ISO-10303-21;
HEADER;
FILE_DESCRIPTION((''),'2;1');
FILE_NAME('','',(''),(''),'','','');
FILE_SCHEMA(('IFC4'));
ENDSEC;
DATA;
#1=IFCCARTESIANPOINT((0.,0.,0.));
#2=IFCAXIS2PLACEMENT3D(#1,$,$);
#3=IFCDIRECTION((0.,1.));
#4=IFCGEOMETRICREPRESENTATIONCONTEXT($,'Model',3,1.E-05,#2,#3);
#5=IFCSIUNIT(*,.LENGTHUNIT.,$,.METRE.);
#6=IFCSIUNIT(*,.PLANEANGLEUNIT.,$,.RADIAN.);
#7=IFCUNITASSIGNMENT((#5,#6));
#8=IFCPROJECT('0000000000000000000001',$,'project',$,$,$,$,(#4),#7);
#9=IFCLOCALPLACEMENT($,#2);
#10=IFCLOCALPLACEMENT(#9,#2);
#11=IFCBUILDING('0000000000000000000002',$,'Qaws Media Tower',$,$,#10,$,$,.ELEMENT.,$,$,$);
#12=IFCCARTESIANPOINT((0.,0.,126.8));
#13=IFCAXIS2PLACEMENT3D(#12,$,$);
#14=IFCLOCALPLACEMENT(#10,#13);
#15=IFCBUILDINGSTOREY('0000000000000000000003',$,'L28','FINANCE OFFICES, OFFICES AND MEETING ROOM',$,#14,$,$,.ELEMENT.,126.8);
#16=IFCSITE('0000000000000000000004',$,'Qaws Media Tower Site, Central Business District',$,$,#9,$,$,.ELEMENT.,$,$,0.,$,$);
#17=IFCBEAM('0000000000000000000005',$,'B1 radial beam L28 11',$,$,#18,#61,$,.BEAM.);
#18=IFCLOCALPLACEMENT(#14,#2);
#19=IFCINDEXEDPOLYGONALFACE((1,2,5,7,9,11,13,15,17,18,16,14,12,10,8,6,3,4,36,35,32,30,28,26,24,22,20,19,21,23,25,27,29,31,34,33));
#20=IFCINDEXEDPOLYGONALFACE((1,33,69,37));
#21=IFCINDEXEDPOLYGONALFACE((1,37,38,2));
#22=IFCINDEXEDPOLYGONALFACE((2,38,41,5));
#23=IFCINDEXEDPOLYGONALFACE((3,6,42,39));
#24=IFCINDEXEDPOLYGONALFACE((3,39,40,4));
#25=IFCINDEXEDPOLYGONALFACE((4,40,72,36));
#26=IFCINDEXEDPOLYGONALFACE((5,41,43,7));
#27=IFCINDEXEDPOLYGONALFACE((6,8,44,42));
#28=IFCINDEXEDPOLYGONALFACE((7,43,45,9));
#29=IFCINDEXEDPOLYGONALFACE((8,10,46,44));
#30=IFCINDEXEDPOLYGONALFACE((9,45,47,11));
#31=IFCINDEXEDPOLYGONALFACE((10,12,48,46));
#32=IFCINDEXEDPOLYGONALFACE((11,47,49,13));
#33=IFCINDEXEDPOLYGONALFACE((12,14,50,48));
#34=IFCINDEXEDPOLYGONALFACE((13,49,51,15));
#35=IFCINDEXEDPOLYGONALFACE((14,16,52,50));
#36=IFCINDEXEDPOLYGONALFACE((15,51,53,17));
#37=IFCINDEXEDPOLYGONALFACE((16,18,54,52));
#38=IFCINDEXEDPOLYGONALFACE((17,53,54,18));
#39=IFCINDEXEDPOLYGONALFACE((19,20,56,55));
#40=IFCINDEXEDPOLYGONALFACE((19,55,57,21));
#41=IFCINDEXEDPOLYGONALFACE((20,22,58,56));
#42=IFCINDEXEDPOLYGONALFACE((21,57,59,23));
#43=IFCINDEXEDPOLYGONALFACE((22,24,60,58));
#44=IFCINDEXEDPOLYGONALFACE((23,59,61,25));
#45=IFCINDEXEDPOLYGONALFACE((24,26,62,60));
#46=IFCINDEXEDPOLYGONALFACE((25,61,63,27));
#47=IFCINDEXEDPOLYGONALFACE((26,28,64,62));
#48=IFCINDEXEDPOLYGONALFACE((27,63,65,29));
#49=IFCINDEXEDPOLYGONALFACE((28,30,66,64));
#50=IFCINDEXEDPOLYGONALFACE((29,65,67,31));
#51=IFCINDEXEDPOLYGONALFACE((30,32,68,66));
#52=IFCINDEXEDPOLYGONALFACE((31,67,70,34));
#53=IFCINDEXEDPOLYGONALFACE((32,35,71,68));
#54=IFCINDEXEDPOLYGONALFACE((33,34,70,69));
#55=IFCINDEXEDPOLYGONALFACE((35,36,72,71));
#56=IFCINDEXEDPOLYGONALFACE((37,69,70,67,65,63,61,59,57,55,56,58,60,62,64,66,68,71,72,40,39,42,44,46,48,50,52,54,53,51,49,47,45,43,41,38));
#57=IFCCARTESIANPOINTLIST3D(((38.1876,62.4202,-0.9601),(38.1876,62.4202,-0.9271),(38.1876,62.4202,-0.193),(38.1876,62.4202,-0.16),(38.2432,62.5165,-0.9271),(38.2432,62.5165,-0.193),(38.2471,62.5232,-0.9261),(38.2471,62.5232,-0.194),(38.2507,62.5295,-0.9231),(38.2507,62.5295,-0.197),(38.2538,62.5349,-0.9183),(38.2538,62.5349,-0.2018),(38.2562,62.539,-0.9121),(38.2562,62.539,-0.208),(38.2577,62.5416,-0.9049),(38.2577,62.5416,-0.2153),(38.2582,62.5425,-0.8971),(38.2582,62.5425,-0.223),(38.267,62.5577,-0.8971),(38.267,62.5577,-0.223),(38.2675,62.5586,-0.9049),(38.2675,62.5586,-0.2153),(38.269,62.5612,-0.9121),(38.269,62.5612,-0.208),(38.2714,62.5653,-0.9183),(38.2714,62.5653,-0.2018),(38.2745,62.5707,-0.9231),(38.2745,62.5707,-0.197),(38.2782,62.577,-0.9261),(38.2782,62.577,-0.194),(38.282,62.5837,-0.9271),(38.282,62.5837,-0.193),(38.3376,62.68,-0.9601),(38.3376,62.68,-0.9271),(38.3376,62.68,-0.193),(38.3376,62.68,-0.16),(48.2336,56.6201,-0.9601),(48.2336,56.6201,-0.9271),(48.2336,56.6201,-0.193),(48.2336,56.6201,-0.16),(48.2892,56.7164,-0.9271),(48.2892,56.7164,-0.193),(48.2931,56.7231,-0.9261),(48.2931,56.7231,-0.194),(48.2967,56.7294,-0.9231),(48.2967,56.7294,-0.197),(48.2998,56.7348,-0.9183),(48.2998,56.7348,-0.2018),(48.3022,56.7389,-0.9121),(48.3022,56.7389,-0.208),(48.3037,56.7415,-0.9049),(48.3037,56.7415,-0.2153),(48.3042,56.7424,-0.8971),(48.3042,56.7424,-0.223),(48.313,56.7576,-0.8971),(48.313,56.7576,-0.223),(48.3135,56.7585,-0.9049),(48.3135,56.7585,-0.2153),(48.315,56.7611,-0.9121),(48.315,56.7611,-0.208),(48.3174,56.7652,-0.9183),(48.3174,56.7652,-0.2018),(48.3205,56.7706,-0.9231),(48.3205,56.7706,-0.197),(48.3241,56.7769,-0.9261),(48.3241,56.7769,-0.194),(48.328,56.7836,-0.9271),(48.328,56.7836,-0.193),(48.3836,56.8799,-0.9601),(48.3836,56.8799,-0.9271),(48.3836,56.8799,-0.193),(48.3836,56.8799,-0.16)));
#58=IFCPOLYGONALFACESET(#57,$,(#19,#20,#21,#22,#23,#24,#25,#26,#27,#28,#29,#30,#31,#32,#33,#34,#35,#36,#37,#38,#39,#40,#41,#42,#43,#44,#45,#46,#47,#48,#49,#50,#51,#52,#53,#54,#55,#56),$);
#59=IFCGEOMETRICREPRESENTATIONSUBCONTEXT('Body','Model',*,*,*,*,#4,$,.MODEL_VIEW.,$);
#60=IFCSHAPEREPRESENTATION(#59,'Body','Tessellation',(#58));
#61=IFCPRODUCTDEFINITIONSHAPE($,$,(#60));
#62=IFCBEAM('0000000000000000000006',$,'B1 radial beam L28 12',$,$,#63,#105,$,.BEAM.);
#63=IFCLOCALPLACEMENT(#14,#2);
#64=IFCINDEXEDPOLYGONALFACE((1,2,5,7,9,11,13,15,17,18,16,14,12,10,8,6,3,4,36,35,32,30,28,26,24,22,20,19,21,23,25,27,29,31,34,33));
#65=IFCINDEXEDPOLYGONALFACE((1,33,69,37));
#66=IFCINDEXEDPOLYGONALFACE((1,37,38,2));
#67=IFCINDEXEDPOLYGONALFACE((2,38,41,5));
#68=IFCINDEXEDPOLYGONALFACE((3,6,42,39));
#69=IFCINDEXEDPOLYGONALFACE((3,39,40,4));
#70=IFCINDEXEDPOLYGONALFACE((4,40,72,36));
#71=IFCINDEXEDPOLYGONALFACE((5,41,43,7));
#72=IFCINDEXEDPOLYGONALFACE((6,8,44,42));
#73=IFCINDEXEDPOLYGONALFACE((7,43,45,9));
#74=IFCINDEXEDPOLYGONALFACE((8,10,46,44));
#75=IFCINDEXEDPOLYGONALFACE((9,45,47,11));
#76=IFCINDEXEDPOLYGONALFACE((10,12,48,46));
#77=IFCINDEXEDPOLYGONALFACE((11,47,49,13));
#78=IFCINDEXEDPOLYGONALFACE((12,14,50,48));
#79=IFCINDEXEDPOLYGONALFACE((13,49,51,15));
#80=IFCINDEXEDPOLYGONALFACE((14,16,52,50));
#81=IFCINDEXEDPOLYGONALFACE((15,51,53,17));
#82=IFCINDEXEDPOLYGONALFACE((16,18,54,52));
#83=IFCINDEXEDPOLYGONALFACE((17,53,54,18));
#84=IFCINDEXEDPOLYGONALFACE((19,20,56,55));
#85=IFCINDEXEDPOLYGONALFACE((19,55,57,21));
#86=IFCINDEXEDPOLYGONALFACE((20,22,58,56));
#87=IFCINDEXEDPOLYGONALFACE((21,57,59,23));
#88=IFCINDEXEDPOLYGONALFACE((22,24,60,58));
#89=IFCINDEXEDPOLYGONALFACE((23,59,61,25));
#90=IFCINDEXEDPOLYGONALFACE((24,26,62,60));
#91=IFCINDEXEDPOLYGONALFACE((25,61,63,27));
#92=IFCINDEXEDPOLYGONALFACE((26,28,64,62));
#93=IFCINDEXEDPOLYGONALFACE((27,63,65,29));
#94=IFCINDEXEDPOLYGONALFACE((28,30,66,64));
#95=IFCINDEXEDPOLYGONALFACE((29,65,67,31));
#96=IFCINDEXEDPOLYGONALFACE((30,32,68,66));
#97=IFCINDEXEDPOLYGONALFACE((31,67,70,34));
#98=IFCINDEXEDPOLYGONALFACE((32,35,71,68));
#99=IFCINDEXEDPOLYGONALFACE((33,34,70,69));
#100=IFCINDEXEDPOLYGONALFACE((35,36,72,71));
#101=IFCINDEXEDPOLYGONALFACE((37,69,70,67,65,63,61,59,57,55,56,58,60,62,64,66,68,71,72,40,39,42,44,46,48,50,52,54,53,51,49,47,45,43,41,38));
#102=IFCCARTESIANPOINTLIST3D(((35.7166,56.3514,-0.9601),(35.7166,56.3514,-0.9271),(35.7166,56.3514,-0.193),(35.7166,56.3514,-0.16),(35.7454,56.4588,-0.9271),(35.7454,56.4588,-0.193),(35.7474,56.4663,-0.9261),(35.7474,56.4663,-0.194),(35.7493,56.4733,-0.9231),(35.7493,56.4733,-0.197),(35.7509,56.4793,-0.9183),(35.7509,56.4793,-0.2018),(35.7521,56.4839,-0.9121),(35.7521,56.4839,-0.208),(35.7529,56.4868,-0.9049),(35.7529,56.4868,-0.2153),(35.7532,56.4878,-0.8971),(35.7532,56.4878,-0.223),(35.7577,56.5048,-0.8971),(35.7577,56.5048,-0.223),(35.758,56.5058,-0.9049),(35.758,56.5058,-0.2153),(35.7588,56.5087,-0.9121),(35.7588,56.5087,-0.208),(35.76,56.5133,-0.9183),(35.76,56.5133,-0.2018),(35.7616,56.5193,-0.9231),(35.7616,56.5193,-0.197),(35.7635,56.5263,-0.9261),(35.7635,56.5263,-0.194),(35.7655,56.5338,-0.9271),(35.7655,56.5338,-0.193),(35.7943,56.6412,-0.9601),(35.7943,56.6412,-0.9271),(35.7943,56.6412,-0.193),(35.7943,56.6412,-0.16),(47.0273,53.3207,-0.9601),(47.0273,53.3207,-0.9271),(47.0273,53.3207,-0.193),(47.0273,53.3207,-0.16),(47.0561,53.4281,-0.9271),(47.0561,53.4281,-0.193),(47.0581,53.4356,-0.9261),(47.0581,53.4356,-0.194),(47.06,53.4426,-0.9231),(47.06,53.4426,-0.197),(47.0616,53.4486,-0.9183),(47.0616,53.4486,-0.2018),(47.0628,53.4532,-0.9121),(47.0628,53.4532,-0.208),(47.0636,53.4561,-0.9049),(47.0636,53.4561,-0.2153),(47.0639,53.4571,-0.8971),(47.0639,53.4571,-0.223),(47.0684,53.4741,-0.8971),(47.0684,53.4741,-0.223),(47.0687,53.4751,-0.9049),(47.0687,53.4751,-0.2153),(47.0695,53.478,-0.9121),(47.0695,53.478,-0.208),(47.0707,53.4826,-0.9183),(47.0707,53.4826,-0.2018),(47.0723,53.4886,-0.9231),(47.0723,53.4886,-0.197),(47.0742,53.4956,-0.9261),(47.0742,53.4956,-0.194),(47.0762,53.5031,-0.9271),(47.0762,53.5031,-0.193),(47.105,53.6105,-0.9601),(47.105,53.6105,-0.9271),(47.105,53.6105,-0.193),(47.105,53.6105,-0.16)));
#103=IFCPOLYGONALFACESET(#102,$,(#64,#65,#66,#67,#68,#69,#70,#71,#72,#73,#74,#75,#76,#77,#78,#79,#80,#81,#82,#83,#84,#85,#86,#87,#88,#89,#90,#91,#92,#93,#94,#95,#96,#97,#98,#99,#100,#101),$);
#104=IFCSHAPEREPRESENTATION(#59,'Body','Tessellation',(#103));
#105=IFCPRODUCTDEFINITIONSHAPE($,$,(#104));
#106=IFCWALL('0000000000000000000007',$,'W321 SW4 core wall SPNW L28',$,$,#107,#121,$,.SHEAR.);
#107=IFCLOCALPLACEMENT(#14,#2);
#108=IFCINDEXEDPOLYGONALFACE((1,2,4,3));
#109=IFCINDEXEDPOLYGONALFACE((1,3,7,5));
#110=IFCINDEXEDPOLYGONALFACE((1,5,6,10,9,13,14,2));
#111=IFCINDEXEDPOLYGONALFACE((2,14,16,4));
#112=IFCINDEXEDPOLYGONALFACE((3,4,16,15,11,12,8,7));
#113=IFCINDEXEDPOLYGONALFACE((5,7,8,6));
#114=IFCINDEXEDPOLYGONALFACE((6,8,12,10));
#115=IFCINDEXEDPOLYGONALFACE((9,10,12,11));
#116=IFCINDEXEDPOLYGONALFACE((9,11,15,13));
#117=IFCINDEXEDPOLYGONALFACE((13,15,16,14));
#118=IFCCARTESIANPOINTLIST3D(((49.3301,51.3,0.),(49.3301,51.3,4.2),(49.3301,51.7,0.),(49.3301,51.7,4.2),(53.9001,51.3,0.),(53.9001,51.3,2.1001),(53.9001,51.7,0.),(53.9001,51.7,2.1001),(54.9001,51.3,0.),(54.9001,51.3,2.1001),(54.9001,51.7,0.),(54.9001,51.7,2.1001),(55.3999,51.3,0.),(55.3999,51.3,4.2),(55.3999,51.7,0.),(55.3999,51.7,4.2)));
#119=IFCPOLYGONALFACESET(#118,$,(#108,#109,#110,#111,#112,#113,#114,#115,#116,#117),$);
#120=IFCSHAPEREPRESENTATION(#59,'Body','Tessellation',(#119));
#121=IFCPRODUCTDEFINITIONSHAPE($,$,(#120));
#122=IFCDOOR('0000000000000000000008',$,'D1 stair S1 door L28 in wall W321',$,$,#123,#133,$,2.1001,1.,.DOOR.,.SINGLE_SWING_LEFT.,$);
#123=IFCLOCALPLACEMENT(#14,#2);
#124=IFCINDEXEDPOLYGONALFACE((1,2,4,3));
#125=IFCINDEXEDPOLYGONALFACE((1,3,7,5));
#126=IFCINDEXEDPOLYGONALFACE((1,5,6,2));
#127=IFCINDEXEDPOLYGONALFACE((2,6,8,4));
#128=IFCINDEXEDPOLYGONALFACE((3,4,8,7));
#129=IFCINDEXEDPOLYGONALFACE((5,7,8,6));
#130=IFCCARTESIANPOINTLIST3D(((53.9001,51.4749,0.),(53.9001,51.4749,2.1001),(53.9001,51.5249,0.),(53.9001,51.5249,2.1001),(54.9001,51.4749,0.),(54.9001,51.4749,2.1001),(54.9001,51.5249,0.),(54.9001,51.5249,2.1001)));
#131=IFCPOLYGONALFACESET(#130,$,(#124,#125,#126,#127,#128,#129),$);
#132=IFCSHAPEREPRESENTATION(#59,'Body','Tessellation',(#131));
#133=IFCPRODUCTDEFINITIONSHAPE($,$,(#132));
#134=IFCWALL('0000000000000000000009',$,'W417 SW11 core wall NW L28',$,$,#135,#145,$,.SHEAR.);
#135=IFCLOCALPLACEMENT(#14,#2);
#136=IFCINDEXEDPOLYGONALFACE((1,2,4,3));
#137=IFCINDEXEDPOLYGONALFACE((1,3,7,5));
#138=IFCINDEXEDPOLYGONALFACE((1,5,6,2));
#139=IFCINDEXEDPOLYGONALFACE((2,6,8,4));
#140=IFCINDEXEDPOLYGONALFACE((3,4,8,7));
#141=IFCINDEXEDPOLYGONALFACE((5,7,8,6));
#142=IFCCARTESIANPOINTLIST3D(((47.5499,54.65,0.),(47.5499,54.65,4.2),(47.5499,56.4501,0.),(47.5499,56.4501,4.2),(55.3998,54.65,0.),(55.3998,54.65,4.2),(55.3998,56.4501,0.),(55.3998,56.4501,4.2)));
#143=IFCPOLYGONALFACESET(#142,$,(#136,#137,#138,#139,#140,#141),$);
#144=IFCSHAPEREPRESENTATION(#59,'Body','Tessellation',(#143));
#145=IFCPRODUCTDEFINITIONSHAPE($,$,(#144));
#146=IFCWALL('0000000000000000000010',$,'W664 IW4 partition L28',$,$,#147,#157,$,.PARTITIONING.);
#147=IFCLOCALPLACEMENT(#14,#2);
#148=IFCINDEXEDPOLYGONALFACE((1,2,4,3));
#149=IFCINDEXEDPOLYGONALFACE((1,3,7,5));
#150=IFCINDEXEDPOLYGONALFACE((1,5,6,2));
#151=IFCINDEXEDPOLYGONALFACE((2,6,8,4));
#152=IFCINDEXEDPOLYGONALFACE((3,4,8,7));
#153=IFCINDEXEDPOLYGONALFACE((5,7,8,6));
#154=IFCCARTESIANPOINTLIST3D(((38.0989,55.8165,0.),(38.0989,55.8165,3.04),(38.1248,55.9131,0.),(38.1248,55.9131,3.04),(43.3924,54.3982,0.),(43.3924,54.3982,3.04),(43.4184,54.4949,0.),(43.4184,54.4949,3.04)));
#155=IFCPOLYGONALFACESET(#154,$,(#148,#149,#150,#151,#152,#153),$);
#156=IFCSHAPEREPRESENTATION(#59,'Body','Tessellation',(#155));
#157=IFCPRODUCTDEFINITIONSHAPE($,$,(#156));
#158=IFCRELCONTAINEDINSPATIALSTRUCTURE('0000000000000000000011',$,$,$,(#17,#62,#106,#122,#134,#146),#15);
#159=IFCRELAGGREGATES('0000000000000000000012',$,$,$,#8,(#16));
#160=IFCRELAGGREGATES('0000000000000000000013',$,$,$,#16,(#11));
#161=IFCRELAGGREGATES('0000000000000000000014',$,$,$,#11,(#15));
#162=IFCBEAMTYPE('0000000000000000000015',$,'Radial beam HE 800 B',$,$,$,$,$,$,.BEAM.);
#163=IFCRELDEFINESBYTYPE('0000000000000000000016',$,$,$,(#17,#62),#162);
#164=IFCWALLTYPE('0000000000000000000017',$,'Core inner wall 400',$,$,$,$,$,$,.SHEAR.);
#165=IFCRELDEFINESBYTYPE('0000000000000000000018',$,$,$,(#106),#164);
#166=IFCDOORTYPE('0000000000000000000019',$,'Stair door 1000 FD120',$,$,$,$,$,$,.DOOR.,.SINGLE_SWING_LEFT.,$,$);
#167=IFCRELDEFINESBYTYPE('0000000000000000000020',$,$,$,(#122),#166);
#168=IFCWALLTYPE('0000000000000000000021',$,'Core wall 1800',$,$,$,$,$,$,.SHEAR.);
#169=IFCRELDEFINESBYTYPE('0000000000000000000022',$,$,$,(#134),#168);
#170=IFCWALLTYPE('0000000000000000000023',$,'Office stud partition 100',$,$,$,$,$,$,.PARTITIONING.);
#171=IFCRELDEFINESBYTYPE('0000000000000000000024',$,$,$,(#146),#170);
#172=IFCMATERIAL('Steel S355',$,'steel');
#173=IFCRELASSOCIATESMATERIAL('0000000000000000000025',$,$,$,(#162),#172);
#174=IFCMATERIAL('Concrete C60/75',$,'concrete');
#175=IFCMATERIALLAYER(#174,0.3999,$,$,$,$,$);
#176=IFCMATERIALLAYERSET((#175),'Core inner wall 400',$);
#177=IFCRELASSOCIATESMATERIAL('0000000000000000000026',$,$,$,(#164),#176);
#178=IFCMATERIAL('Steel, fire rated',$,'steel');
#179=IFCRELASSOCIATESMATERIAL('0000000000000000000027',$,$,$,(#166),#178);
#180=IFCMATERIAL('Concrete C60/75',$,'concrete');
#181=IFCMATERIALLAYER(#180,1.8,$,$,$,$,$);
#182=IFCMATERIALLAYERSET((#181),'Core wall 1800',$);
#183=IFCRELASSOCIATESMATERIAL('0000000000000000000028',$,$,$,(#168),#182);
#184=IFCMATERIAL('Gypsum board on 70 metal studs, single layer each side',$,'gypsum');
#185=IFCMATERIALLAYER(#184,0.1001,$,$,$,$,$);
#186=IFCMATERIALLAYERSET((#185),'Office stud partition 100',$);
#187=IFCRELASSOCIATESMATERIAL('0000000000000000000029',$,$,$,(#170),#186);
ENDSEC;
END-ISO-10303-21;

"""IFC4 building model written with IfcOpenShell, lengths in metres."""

from ifc_helpers import new_model, si_unit, direction, frame, frame_2d, origin, origin_2d, place, context, subcontext, project, spatial, rectangle, i_section, extrude, material, layer, layer_set, material_profile, profile_set, type_object, element, fill, save


model = new_model("IFC4")

# Units and contexts
model_context = context("Model", 3, precision=1e-05, world=origin(), true_north=direction((0.0, 1.0)))
body_context = subcontext(model_context, "Body", "Model", "MODEL_VIEW")
ifc_project = project(units=[si_unit("LENGTHUNIT", "METRE"), si_unit("PLANEANGLEUNIT", "RADIAN")], contexts=[model_context])

# Site, building, storey
site_placement = place(None, origin())
site = spatial("IfcSite", under=ifc_project, at=site_placement, Name="Qaws Media Tower Site, Central Business District", CompositionType="ELEMENT", RefElevation=0.0)
building_placement = place(site_placement, origin())
building = spatial("IfcBuilding", under=site, at=building_placement, Name="Qaws Media Tower", CompositionType="ELEMENT")
storey_placement = place(building_placement, frame((0.0, 0.0, 126.8)))
storey = spatial("IfcBuildingStorey", under=building, at=storey_placement, Name="L28", Description="FINANCE OFFICES, OFFICES AND MEETING ROOM", CompositionType="ELEMENT", Elevation=126.8)

# Beams
ifc_material_1 = material(Name="Steel S355", Category="steel")
ifc_material_profile_1 = material_profile(ifc_material_1, i_section(OverallWidth=0.3, OverallDepth=0.8, WebThickness=0.0176, FlangeThickness=0.033, FilletRadius=0.03, at=origin_2d()), Name="HE 800 B")
ifc_profile_set_1 = profile_set([ifc_material_profile_1], Name="Steel S355")
beam_type_1 = type_object("IfcBeamType", Name="Radial beam HE 800 B", PredefinedType="BEAM", material=ifc_profile_set_1)
beam_1_placement = place(storey_placement, frame((48.3086, 56.75, -0.5601), z_axis=(-0.866024, 0.500003, 0.0), x_axis=(-0.500003, -0.866024, 0.0)))
element("IfcBeam", 1, at=beam_1_placement, inside=storey, type_object=beam_type_1, Name="B1 radial beam L28 11", PredefinedType="BEAM", context=body_context, shape_type="SweptSolid", body=[
    extrude(i_section(OverallWidth=0.3, OverallDepth=0.8, WebThickness=0.0176, FlangeThickness=0.033, FilletRadius=0.03, at=origin_2d()), origin(), (0.0, 0.0, 1.0), 11.6001),
])
beam_2_placement = place(storey_placement, frame((47.0662, 53.4656, -0.5601), z_axis=(-0.965925, 0.258823, 0.0), x_axis=(-0.258823, -0.965925, 0.0)))
element("IfcBeam", 2, at=beam_2_placement, inside=storey, type_object=beam_type_1, Name="B1 radial beam L28 12", PredefinedType="BEAM", context=body_context, shape_type="SweptSolid", body=[
    extrude(i_section(OverallWidth=0.3, OverallDepth=0.8, WebThickness=0.0176, FlangeThickness=0.033, FilletRadius=0.03, at=origin_2d()), origin(), (0.0, 0.0, 1.0), 11.7097),
])

# Wall, opening, door
ifc_material_2 = material(Name="Concrete C60/75", Category="concrete")
ifc_layer_1 = layer(ifc_material_2, 0.3999)
ifc_layer_set_1 = layer_set([ifc_layer_1], Name="Core inner wall 400")
wall_type_1 = type_object("IfcWallType", Name="Core inner wall 400", PredefinedType="SHEAR", material=ifc_layer_set_1)
wall_1_placement = place(storey_placement, frame((49.3301, 51.5, 0.0), z_axis=(0.0, 0.0, 1.0), x_axis=(1.0, 0.0, 0.0)))
wall_1 = element("IfcWall", 3, at=wall_1_placement, inside=storey, type_object=wall_type_1, Name="W321 SW4 core wall SPNW L28", PredefinedType="SHEAR", context=body_context, shape_type="SweptSolid", body=[
    extrude(rectangle(XDim=6.0698, YDim=0.3999, at=frame_2d((3.0349, 0.0))), origin(), (0.0, 0.0, 1.0), 4.2),
])
opening_1_placement = place(wall_1_placement, frame((4.5701, 0.0, 0.0)))
opening_1 = element("IfcOpeningElement", 4, at=opening_1_placement, cuts=wall_1, PredefinedType="OPENING", context=body_context, shape_type="SweptSolid", body=[
    extrude(rectangle(XDim=1.0, YDim=2.1001, at=frame_2d((0.5, 1.05))), frame((0.0, 0.21, 0.0), z_axis=(0.0, -1.0, 0.0), x_axis=(1.0, 0.0, 0.0)), (0.0, 0.0, 1.0), 0.4199),
])
ifc_material_3 = material(Name="Steel, fire rated", Category="steel")
door_type_1 = type_object("IfcDoorType", Name="Stair door 1000 FD120", OperationType="SINGLE_SWING_LEFT", PredefinedType="DOOR", material=ifc_material_3)
door_1_placement = place(opening_1_placement, origin())
door_1 = element("IfcDoor", 5, at=door_1_placement, inside=storey, type_object=door_type_1, Name="D1 stair S1 door L28 in wall W321", OperationType="SINGLE_SWING_LEFT", OverallHeight=2.1001, OverallWidth=1.0, PredefinedType="DOOR", context=body_context, shape_type="SweptSolid", body=[
    extrude(rectangle(XDim=1.0, YDim=2.1001, at=frame_2d((0.5, 1.05))), frame((0.0, 0.0249, 0.0), z_axis=(0.0, -1.0, 0.0), x_axis=(1.0, 0.0, 0.0)), (0.0, 0.0, 1.0), 0.05),
])
fill(opening_1, door_1)

# Walls
ifc_material_4 = material(Name="Concrete C60/75", Category="concrete")
ifc_layer_2 = layer(ifc_material_4, 1.8)
ifc_layer_set_2 = layer_set([ifc_layer_2], Name="Core wall 1800")
wall_type_2 = type_object("IfcWallType", Name="Core wall 1800", PredefinedType="SHEAR", material=ifc_layer_set_2)
wall_2_placement = place(storey_placement, frame((47.55, 55.55, 0.0), z_axis=(0.0, 0.0, 1.0), x_axis=(1.0, 0.0, 0.0)))
element("IfcWall", 6, at=wall_2_placement, inside=storey, type_object=wall_type_2, Name="W417 SW11 core wall NW L28", PredefinedType="SHEAR", context=body_context, shape_type="SweptSolid", body=[
    extrude(rectangle(XDim=7.8499, YDim=1.8, at=frame_2d((3.9248, 0.0))), origin(), (0.0, 0.0, 1.0), 4.2),
])
ifc_material_5 = material(Name="Gypsum board on 70 metal studs, single layer each side", Category="gypsum")
ifc_layer_3 = layer(ifc_material_5, 0.1001)
ifc_layer_set_3 = layer_set([ifc_layer_3], Name="Office stud partition 100")
wall_type_3 = type_object("IfcWallType", Name="Office stud partition 100", PredefinedType="PARTITIONING", material=ifc_layer_set_3)
wall_3_placement = place(storey_placement, frame((43.4055, 54.4465, 0.0), z_axis=(0.0, 0.0, 1.0), x_axis=(-0.965933, 0.258791, 0.0)))
element("IfcWall", 7, at=wall_3_placement, inside=storey, type_object=wall_type_3, Name="W664 IW4 partition L28", PredefinedType="PARTITIONING", context=body_context, shape_type="SweptSolid", body=[
    extrude(rectangle(XDim=5.4802, YDim=0.1001, at=frame_2d((2.7402, 0.0))), origin(), (0.0, 0.0, 1.0), 3.04),
])

save(model, "model.ifc")
